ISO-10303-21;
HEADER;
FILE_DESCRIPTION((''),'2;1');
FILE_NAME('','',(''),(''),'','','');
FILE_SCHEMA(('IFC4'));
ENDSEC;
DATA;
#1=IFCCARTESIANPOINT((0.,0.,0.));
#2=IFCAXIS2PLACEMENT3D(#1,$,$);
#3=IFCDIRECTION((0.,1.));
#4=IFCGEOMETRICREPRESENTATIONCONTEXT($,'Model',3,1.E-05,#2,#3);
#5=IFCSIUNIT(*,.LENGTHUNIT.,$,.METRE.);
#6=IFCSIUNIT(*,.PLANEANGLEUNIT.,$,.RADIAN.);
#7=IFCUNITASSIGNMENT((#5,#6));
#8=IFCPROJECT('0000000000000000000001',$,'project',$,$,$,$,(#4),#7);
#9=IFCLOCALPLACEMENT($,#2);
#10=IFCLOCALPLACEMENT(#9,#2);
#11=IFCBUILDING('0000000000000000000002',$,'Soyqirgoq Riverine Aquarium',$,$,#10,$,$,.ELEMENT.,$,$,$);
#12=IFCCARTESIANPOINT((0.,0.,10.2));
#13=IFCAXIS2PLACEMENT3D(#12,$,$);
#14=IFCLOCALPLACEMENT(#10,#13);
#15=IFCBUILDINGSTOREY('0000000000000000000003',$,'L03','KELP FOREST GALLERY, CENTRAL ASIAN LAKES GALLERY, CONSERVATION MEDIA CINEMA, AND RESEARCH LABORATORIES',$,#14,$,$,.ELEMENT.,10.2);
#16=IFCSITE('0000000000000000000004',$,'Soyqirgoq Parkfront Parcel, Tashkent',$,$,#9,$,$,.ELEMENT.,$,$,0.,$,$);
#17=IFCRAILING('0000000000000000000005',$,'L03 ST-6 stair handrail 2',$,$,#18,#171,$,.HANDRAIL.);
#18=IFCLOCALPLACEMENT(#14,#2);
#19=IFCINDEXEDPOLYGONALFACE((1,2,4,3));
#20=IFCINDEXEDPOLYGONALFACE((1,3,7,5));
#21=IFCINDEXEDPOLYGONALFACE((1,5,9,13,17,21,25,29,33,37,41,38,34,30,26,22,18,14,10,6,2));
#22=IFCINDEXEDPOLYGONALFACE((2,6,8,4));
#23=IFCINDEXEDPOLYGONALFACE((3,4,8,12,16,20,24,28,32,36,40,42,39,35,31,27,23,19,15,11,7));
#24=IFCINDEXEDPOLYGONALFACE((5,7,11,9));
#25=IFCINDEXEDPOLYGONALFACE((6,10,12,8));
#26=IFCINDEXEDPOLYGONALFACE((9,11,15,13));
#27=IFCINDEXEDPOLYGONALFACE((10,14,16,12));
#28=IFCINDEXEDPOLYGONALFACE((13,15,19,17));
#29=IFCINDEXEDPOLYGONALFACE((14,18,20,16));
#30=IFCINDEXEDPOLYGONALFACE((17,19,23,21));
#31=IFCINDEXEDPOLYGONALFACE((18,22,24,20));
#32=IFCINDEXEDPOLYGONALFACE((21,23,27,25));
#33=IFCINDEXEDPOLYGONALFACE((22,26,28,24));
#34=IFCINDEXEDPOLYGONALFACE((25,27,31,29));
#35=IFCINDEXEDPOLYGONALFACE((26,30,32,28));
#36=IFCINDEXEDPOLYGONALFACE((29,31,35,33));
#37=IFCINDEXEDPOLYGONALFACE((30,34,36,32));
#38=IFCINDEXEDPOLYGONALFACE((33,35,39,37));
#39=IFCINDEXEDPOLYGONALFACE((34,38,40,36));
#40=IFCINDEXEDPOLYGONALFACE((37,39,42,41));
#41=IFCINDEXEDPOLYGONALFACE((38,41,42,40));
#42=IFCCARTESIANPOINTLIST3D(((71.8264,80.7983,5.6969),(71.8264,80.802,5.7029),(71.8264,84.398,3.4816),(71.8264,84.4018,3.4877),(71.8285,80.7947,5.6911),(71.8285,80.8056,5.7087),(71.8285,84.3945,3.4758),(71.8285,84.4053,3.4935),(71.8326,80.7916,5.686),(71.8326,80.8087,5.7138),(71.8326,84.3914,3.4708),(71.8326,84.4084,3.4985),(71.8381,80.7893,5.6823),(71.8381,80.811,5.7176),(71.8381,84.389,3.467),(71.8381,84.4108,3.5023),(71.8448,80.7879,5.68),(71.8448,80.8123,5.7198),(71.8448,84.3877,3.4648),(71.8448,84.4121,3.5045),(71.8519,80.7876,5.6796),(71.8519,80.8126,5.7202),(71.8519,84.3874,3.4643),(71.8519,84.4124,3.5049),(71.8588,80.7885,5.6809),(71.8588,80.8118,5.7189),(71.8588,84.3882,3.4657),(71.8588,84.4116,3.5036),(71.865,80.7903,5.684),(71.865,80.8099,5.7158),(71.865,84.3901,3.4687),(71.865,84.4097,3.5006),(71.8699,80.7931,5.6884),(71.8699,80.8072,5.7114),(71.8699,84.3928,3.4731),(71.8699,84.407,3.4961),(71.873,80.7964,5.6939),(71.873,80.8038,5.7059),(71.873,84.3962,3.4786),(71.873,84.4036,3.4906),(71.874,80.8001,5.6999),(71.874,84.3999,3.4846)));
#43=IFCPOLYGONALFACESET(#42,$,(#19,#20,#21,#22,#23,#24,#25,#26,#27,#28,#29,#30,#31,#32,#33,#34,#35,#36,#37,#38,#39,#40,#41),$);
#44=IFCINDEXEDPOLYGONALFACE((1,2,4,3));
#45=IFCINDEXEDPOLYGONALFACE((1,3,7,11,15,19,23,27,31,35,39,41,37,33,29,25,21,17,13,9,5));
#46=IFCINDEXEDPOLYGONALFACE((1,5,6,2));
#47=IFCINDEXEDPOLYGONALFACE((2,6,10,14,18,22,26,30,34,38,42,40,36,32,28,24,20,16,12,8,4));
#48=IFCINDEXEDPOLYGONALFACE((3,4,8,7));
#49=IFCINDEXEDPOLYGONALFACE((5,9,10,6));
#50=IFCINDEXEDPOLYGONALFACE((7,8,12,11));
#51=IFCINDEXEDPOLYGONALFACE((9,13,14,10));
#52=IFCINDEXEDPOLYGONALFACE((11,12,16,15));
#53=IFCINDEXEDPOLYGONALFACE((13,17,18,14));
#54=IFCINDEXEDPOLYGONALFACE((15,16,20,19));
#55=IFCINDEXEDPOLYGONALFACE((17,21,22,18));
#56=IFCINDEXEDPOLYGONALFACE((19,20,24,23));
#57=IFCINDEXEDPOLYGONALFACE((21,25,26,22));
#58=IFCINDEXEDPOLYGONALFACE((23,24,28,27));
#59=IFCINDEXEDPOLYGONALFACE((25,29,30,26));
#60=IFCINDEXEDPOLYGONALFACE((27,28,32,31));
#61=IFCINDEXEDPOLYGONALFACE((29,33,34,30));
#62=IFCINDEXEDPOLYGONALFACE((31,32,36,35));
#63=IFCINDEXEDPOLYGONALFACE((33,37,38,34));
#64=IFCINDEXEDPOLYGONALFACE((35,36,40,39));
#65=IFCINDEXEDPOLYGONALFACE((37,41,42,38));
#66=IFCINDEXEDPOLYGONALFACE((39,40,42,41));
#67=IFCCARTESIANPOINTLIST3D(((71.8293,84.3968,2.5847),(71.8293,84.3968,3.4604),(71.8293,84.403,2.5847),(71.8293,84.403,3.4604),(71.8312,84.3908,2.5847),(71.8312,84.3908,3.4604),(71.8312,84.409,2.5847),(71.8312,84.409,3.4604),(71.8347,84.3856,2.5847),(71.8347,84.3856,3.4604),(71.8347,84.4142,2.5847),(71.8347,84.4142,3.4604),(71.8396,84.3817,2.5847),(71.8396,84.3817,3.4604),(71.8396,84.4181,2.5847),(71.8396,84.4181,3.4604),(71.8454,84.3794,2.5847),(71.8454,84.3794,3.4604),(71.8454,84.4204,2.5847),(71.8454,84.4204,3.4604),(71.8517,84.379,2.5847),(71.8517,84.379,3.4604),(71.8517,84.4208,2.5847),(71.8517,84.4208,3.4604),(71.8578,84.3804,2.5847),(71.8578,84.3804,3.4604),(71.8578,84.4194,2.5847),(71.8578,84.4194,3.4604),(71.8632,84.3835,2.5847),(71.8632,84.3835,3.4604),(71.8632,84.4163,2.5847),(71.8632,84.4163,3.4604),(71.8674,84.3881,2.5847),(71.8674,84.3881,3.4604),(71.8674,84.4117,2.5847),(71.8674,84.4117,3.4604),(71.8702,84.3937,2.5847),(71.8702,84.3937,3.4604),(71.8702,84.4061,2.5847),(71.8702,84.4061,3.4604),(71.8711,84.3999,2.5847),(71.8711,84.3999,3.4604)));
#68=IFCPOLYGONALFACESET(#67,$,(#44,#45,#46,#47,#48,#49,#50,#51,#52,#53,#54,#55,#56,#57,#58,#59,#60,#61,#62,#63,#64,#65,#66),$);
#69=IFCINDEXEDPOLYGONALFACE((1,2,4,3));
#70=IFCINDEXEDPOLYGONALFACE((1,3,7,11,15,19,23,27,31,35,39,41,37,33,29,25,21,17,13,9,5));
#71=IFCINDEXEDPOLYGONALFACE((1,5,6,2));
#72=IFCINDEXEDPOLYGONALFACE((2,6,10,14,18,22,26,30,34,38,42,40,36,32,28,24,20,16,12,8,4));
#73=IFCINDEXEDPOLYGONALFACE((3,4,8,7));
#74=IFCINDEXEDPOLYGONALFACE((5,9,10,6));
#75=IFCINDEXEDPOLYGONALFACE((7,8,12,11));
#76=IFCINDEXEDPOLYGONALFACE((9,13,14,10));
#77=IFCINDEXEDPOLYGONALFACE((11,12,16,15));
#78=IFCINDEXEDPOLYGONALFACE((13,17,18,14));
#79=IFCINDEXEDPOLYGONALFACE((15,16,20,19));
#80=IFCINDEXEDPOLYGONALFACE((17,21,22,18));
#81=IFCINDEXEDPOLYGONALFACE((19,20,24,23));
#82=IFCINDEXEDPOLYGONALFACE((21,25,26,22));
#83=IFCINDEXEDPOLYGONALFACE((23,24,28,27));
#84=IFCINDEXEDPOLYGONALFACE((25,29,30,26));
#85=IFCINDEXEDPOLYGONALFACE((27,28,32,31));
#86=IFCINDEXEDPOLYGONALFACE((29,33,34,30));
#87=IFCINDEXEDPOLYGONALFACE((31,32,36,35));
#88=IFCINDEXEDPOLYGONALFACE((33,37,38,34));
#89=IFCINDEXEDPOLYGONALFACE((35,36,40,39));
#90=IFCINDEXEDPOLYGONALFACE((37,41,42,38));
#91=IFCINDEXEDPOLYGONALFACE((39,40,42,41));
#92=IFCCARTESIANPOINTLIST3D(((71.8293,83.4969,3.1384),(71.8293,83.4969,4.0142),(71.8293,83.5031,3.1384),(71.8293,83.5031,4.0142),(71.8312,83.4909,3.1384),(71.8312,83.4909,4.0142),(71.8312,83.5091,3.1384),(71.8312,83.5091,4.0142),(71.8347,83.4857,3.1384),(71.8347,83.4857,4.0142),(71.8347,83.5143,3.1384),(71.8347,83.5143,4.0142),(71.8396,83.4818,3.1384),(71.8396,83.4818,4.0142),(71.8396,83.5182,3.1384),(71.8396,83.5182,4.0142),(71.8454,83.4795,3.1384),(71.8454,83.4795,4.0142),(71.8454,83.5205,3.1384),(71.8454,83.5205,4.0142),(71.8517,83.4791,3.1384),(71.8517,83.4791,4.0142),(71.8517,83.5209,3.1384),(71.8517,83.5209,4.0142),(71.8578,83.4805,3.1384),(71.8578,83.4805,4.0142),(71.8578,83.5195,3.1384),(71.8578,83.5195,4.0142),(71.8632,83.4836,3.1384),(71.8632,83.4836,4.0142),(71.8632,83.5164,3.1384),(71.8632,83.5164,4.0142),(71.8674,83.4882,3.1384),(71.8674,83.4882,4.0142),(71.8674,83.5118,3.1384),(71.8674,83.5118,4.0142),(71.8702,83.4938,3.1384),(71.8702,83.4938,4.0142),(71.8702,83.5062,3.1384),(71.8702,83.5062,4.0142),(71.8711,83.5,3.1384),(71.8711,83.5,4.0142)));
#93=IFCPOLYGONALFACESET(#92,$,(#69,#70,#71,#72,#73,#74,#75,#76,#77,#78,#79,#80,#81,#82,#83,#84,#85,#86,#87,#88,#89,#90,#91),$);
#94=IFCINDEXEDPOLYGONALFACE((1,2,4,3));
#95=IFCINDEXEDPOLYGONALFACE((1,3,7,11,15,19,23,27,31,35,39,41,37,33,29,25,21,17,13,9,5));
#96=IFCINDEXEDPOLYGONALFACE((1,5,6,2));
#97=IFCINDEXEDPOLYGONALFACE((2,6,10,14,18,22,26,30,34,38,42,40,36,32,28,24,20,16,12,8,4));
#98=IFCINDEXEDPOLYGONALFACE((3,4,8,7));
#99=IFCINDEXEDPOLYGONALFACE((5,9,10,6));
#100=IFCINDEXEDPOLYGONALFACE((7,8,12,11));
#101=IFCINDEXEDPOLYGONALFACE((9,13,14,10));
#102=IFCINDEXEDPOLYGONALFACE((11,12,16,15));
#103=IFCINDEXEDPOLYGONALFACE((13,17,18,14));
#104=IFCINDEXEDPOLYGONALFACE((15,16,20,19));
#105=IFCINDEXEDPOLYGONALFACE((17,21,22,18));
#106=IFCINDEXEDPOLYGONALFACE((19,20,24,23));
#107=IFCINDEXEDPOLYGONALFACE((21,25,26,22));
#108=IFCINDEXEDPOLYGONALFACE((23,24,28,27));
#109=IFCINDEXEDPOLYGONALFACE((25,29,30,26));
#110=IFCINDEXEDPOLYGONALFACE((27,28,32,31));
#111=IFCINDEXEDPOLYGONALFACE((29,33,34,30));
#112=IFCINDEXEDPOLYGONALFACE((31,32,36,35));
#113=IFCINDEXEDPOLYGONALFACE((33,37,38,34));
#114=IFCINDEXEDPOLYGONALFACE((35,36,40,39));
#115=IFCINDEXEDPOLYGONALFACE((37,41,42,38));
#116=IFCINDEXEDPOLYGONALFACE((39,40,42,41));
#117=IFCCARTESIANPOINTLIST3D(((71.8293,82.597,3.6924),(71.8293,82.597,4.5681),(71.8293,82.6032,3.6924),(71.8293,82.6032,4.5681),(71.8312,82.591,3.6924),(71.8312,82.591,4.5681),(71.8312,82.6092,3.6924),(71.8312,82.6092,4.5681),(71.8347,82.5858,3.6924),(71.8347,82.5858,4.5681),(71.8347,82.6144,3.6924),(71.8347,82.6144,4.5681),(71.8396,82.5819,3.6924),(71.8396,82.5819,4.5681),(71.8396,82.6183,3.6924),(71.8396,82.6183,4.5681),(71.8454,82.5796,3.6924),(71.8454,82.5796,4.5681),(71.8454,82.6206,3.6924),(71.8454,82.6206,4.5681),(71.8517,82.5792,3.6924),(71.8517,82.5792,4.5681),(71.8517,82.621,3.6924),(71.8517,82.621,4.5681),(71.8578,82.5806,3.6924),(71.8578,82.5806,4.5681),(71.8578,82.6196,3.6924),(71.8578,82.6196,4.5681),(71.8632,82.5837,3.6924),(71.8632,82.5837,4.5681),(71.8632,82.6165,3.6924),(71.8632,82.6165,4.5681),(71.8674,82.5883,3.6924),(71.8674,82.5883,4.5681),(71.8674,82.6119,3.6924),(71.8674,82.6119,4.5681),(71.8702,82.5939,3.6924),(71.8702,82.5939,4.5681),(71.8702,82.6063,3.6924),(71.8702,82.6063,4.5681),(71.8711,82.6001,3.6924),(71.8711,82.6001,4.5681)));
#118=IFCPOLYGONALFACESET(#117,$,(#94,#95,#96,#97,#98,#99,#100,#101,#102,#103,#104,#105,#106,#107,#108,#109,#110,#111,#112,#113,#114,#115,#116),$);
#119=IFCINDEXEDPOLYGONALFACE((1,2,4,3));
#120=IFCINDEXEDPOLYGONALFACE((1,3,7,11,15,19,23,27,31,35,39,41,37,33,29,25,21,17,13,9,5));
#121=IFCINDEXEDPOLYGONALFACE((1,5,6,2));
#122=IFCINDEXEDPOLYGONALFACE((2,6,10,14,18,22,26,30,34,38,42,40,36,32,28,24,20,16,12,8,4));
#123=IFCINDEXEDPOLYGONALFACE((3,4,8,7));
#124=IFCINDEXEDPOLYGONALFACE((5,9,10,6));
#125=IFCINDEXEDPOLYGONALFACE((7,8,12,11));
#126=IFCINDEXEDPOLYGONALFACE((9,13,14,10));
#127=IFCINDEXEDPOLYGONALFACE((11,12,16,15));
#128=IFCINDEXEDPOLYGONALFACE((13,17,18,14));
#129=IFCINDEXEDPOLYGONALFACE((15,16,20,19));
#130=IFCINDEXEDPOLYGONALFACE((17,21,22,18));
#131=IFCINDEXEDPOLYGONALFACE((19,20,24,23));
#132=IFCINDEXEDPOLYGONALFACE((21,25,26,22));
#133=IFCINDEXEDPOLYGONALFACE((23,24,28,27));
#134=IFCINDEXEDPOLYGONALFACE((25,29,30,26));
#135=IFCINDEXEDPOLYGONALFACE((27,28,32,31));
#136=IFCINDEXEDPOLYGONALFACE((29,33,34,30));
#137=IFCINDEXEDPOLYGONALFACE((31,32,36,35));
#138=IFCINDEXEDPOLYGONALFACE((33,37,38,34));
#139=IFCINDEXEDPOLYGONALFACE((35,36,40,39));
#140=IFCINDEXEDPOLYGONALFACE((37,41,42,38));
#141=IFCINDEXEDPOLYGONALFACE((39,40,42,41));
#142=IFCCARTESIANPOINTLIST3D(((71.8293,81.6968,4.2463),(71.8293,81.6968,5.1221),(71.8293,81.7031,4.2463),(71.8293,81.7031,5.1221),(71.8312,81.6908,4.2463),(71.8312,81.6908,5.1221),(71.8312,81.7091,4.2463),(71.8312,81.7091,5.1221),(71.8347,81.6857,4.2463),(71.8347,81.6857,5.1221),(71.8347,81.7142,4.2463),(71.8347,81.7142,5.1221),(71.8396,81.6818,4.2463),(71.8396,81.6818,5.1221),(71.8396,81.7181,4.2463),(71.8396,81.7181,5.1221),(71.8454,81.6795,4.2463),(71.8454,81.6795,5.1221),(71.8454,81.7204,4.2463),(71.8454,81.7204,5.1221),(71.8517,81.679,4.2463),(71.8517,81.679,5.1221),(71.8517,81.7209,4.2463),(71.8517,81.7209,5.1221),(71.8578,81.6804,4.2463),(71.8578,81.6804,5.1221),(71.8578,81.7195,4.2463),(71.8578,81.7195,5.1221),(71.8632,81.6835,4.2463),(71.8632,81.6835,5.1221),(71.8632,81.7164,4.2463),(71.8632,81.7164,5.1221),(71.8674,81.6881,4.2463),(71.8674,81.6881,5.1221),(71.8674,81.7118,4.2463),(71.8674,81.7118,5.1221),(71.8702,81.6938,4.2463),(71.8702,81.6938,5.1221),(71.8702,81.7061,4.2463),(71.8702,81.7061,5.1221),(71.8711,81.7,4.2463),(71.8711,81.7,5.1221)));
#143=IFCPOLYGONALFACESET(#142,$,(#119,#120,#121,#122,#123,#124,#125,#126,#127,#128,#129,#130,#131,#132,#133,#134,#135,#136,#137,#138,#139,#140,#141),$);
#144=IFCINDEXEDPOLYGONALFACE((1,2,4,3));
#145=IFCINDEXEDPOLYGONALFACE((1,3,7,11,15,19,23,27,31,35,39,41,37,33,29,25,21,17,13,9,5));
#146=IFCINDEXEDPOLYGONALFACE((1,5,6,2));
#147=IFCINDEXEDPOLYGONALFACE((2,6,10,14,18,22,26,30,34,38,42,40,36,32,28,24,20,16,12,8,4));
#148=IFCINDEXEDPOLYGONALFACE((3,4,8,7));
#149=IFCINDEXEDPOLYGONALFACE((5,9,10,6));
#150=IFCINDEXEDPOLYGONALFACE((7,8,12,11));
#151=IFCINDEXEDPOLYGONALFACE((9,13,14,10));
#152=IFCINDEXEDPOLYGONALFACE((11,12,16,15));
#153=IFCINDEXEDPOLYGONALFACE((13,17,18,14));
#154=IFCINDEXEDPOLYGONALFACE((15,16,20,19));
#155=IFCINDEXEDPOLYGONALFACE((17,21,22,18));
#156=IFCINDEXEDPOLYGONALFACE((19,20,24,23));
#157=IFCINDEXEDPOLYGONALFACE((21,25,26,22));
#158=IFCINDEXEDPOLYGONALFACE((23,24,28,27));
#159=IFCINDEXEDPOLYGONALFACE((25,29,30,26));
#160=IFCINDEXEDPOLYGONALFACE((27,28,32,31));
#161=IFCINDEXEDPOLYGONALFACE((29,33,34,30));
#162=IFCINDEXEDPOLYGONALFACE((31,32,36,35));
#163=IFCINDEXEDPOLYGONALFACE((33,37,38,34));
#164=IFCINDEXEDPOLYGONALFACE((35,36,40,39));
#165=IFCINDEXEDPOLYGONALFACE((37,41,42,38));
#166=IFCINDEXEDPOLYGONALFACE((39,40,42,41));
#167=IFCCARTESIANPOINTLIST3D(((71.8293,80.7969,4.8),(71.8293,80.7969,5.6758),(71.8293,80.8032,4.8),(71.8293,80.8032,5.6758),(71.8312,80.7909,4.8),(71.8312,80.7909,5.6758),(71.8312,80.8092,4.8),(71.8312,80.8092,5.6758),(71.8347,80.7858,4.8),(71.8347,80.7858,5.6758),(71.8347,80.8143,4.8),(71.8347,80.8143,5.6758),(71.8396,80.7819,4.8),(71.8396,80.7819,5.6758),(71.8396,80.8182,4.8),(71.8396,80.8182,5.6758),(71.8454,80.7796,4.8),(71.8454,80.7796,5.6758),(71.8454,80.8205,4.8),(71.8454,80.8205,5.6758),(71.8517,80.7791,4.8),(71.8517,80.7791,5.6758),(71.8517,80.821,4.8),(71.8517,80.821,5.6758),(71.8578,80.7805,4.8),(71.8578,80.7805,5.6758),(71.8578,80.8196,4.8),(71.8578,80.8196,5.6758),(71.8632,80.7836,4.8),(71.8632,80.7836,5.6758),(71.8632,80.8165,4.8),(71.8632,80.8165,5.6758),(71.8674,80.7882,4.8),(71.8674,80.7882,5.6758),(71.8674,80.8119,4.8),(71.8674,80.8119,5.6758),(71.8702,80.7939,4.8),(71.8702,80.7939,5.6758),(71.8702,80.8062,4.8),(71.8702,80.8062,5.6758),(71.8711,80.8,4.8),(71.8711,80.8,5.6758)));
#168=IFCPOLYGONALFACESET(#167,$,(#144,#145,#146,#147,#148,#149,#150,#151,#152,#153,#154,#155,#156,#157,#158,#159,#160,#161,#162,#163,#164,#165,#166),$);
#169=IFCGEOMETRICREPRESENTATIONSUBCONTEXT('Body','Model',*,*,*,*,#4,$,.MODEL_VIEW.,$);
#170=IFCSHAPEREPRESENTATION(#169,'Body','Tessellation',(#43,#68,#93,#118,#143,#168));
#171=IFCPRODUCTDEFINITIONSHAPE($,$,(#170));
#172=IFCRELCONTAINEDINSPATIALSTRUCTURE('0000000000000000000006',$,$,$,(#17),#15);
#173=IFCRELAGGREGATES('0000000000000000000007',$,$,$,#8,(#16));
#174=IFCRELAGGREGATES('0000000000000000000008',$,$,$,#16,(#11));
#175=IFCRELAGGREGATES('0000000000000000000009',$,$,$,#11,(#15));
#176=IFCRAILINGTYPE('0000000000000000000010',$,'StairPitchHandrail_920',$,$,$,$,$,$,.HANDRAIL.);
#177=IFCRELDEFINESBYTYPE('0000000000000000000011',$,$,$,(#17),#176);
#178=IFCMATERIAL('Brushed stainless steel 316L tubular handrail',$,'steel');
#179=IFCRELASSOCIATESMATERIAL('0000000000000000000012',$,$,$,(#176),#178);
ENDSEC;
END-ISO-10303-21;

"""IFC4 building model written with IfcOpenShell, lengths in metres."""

from ifc_helpers import new_model, si_unit, direction, frame, origin, origin_2d, place, context, subcontext, project, spatial, circle, extrude, material, type_object, element, save


model = new_model("IFC4")

# Units and contexts
model_context = context("Model", 3, precision=1e-05, world=origin(), true_north=direction((0.0, 1.0)))
body_context = subcontext(model_context, "Body", "Model", "MODEL_VIEW")
ifc_project = project(units=[si_unit("LENGTHUNIT", "METRE"), si_unit("PLANEANGLEUNIT", "RADIAN")], contexts=[model_context])

# Site, building, storey
site_placement = place(None, origin())
site = spatial("IfcSite", under=ifc_project, at=site_placement, Name="Soyqirgoq Parkfront Parcel, Tashkent", CompositionType="ELEMENT", RefElevation=0.0)
building_placement = place(site_placement, origin())
building = spatial("IfcBuilding", under=site, at=building_placement, Name="Soyqirgoq Riverine Aquarium", CompositionType="ELEMENT")
storey_placement = place(building_placement, frame((0.0, 0.0, 10.2)))
storey = spatial("IfcBuildingStorey", under=building, at=storey_placement, Name="L03", Description="KELP FOREST GALLERY, CENTRAL ASIAN LAKES GALLERY, CONSERVATION MEDIA CINEMA, AND RESEARCH LABORATORIES", CompositionType="ELEMENT", Elevation=10.2)

# Railing
ifc_material_1 = material(Name="Brushed stainless steel 316L tubular handrail", Category="steel")
railing_type_1 = type_object("IfcRailingType", Name="StairPitchHandrail_920", PredefinedType="HANDRAIL", material=ifc_material_1)
railing_1_placement = place(storey_placement, frame((71.8501, 84.3999, 2.5847)))
element("IfcRailing", 1, at=railing_1_placement, inside=storey, type_object=railing_type_1, Name="L03 ST-6 stair handrail 2", PredefinedType="HANDRAIL", context=body_context, shape_type="SweptSolid", body=[
    extrude(circle(Radius=0.0239, at=origin_2d()), frame((0.0, 0.0, 0.8999), z_axis=(0.0, -0.851654, 0.524104), x_axis=(1.0, 0.0, 0.0)), (0.0, 0.0, 1.0), 4.2268),
    extrude(circle(Radius=0.021, at=origin_2d()), origin(), (0.0, 0.0, 1.0), 0.8757),
    extrude(circle(Radius=0.021, at=origin_2d()), frame((0.0, -0.8999, 0.5537)), (0.0, 0.0, 1.0), 0.8757),
    extrude(circle(Radius=0.021, at=origin_2d()), frame((0.0, -1.7998, 1.1077)), (0.0, 0.0, 1.0), 0.8757),
    extrude(circle(Radius=0.021, at=origin_2d()), frame((0.0, -2.7, 1.6616)), (0.0, 0.0, 1.0), 0.8757),
    extrude(circle(Radius=0.021, at=origin_2d()), frame((0.0, -3.5999, 2.2153)), (0.0, 0.0, 1.0), 0.8757),
])

save(model, "model.ifc")
